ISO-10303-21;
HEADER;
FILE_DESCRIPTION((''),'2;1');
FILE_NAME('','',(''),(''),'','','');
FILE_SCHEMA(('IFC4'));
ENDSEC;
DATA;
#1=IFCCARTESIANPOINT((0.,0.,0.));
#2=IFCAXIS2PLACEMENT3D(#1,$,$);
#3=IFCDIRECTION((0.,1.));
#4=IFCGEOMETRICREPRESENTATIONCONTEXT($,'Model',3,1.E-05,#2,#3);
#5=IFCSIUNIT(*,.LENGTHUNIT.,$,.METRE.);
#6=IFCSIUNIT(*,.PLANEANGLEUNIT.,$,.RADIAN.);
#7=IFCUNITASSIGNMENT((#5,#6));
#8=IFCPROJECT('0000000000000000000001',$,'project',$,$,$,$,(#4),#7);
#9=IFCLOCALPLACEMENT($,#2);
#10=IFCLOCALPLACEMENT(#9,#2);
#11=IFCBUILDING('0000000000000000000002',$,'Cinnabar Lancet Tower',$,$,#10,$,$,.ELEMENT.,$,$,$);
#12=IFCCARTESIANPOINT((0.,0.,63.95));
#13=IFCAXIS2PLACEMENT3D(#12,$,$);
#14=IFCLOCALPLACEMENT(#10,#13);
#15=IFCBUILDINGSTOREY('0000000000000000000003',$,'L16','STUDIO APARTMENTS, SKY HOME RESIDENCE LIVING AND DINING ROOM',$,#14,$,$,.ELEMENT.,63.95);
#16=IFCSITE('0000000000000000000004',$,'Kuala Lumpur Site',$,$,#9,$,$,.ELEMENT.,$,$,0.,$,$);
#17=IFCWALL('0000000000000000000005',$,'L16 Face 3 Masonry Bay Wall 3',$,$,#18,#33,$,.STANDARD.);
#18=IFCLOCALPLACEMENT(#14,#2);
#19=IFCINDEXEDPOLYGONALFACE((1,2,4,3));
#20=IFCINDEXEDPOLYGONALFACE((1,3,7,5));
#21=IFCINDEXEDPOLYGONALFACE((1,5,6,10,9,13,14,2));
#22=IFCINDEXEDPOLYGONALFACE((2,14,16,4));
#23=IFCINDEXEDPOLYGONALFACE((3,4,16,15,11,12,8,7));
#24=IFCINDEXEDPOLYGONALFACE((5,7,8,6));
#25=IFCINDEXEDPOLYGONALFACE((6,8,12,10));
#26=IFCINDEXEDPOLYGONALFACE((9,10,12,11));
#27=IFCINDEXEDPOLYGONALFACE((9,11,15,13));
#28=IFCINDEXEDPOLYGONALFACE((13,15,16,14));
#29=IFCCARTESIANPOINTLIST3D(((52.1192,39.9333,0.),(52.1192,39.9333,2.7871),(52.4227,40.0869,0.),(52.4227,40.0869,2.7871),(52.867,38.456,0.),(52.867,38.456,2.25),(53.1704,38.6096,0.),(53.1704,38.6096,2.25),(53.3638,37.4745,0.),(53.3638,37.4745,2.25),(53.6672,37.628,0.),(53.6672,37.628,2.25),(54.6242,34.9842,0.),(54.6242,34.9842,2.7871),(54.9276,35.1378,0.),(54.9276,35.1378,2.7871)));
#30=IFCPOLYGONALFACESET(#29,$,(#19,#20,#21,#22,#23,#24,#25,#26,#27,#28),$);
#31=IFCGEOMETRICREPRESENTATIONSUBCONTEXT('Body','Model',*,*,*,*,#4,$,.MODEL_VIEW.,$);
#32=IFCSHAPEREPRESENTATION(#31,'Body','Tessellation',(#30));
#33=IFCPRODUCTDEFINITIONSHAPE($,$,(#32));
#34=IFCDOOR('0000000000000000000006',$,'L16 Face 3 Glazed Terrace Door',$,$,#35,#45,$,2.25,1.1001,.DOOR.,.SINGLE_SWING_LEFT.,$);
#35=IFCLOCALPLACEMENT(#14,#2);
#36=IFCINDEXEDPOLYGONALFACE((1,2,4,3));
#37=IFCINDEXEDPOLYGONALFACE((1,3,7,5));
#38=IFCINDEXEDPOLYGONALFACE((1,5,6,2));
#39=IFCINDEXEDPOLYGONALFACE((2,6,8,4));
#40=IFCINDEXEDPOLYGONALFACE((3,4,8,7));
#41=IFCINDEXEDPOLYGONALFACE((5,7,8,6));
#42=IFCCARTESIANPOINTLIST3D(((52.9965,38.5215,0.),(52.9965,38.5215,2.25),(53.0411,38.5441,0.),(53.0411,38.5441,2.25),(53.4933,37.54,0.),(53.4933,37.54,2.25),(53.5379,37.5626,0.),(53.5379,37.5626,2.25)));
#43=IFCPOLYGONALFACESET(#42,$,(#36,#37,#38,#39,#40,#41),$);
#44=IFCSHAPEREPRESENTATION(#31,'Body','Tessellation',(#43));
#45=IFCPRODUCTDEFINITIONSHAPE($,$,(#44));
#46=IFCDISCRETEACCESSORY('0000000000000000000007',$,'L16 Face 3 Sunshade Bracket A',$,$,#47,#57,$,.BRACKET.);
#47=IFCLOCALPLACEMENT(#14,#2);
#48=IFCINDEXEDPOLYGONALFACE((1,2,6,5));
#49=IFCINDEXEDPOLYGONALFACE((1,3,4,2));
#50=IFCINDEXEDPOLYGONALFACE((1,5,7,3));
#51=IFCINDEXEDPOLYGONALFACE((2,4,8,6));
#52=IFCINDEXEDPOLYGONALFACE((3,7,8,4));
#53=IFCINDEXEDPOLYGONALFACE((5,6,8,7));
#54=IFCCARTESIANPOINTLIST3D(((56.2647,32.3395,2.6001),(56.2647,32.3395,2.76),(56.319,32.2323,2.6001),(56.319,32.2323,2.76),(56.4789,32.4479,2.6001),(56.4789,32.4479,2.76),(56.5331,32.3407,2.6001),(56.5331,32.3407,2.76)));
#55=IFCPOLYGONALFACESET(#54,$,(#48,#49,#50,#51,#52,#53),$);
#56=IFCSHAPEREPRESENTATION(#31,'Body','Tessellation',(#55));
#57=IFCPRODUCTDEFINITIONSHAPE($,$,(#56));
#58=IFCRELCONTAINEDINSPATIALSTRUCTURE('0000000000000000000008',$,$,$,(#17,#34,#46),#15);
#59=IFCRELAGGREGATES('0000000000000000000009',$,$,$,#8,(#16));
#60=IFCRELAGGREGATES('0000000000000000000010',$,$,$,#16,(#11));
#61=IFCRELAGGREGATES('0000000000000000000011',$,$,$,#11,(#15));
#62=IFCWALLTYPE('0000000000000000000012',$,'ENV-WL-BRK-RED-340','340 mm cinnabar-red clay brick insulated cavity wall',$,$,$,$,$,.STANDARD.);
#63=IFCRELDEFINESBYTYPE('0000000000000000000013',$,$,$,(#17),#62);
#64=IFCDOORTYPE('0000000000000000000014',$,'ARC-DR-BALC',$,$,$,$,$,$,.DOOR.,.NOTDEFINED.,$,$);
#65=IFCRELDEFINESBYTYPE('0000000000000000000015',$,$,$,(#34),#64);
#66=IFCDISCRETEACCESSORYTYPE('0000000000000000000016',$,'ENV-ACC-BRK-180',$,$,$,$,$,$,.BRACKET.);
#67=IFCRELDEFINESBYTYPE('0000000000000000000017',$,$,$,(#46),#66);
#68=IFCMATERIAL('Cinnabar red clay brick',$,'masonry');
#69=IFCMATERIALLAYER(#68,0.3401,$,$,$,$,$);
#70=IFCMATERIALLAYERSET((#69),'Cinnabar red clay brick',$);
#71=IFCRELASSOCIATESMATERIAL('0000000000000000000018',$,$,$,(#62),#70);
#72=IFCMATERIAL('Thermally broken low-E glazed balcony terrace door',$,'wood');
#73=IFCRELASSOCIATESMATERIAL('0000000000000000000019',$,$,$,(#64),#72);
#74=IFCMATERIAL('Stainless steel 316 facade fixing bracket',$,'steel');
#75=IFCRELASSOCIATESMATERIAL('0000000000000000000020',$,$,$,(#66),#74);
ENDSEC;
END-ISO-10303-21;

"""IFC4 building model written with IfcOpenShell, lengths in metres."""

from ifc_helpers import new_model, si_unit, direction, frame, frame_2d, origin, origin_2d, place, context, subcontext, project, spatial, rectangle, extrude, material, layer, layer_set, type_object, element, fill, save


model = new_model("IFC4")

# Units and contexts
model_context = context("Model", 3, precision=1e-05, world=origin(), true_north=direction((0.0, 1.0)))
body_context = subcontext(model_context, "Body", "Model", "MODEL_VIEW")
ifc_project = project(units=[si_unit("LENGTHUNIT", "METRE"), si_unit("PLANEANGLEUNIT", "RADIAN")], contexts=[model_context])

# Site, building, storey
site_placement = place(None, origin())
site = spatial("IfcSite", under=ifc_project, at=site_placement, Name="Kuala Lumpur Site", CompositionType="ELEMENT", RefElevation=0.0)
building_placement = place(site_placement, origin())
building = spatial("IfcBuilding", under=site, at=building_placement, Name="Cinnabar Lancet Tower", CompositionType="ELEMENT")
storey_placement = place(building_placement, frame((0.0, 0.0, 63.95)))
storey = spatial("IfcBuildingStorey", under=building, at=storey_placement, Name="L16", Description="STUDIO APARTMENTS, SKY HOME RESIDENCE LIVING AND DINING ROOM", CompositionType="ELEMENT", Elevation=63.95)

# Shared definitions
ifc_material_1 = material(Name="Cinnabar red clay brick", Category="masonry")
ifc_layer_1 = layer(ifc_material_1, 0.3401)
ifc_layer_set_1 = layer_set([ifc_layer_1], Name="Cinnabar red clay brick")
wall_type_1 = type_object("IfcWallType", Name="ENV-WL-BRK-RED-340", Description="340 mm cinnabar-red clay brick insulated cavity wall", PredefinedType="STANDARD", material=ifc_layer_set_1)

# Wall, opening, door
wall_1_placement = place(storey_placement, frame((54.7759, 35.061, 0.0), z_axis=(0.0, 0.0, 1.0), x_axis=(-0.451592, 0.892225, 0.0)))
wall_1 = element("IfcWall", 1, at=wall_1_placement, inside=storey, type_object=wall_type_1, Name="L16 Face 3 Masonry Bay Wall 3", PredefinedType="STANDARD", context=body_context, shape_type="SweptSolid", body=[
    extrude(rectangle(XDim=5.5469, YDim=0.3401, at=frame_2d((2.7734, 0.0))), origin(), (0.0, 0.0, 1.0), 2.7871),
])
opening_1_placement = place(wall_1_placement, frame((2.791, 0.0, 0.0)))
opening_1 = element("IfcOpeningElement", 2, at=opening_1_placement, cuts=wall_1, PredefinedType="OPENING", context=body_context, shape_type="SweptSolid", body=[
    extrude(rectangle(XDim=1.1001, YDim=2.25, at=frame_2d((0.55, 1.125))), frame((0.0, 0.1799, 0.0), z_axis=(0.0, -1.0, 0.0), x_axis=(1.0, 0.0, 0.0)), (0.0, 0.0, 1.0), 0.3601),
])
ifc_material_2 = material(Name="Thermally broken low-E glazed balcony terrace door", Category="wood")
door_type_1 = type_object("IfcDoorType", Name="ARC-DR-BALC", OperationType="NOTDEFINED", PredefinedType="DOOR", material=ifc_material_2)
door_1_placement = place(opening_1_placement, origin())
door_1 = element("IfcDoor", 3, at=door_1_placement, inside=storey, type_object=door_type_1, Name="L16 Face 3 Glazed Terrace Door", OperationType="SINGLE_SWING_LEFT", OverallHeight=2.25, OverallWidth=1.1001, PredefinedType="DOOR", context=body_context, shape_type="SweptSolid", body=[
    extrude(rectangle(XDim=1.1001, YDim=2.25, at=frame_2d((0.55, 1.125))), frame((0.0, 0.0249, 0.0), z_axis=(0.0, -1.0, 0.0), x_axis=(1.0, 0.0, 0.0)), (0.0, 0.0, 1.0), 0.05),
])
fill(opening_1, door_1)

# Discrete accessory
ifc_material_3 = material(Name="Stainless steel 316 facade fixing bracket", Category="steel")
discrete_accessory_type = type_object("IfcDiscreteAccessoryType", Name="ENV-ACC-BRK-180", PredefinedType="BRACKET", material=ifc_material_3)
discrete_accessory_placement = place(storey_placement, frame((56.3989, 32.3401, 2.6001), z_axis=(0.0, 0.0, 1.0), x_axis=(-0.451501, 0.892271, 0.0)))
element("IfcDiscreteAccessory", 4, at=discrete_accessory_placement, inside=storey, type_object=discrete_accessory_type, Name="L16 Face 3 Sunshade Bracket A", PredefinedType="BRACKET", context=body_context, shape_type="SweptSolid", body=[
    extrude(rectangle(XDim=0.1201, YDim=0.24, at=origin_2d()), origin(), (0.0, 0.0, 1.0), 0.1599),
])

save(model, "model.ifc")
